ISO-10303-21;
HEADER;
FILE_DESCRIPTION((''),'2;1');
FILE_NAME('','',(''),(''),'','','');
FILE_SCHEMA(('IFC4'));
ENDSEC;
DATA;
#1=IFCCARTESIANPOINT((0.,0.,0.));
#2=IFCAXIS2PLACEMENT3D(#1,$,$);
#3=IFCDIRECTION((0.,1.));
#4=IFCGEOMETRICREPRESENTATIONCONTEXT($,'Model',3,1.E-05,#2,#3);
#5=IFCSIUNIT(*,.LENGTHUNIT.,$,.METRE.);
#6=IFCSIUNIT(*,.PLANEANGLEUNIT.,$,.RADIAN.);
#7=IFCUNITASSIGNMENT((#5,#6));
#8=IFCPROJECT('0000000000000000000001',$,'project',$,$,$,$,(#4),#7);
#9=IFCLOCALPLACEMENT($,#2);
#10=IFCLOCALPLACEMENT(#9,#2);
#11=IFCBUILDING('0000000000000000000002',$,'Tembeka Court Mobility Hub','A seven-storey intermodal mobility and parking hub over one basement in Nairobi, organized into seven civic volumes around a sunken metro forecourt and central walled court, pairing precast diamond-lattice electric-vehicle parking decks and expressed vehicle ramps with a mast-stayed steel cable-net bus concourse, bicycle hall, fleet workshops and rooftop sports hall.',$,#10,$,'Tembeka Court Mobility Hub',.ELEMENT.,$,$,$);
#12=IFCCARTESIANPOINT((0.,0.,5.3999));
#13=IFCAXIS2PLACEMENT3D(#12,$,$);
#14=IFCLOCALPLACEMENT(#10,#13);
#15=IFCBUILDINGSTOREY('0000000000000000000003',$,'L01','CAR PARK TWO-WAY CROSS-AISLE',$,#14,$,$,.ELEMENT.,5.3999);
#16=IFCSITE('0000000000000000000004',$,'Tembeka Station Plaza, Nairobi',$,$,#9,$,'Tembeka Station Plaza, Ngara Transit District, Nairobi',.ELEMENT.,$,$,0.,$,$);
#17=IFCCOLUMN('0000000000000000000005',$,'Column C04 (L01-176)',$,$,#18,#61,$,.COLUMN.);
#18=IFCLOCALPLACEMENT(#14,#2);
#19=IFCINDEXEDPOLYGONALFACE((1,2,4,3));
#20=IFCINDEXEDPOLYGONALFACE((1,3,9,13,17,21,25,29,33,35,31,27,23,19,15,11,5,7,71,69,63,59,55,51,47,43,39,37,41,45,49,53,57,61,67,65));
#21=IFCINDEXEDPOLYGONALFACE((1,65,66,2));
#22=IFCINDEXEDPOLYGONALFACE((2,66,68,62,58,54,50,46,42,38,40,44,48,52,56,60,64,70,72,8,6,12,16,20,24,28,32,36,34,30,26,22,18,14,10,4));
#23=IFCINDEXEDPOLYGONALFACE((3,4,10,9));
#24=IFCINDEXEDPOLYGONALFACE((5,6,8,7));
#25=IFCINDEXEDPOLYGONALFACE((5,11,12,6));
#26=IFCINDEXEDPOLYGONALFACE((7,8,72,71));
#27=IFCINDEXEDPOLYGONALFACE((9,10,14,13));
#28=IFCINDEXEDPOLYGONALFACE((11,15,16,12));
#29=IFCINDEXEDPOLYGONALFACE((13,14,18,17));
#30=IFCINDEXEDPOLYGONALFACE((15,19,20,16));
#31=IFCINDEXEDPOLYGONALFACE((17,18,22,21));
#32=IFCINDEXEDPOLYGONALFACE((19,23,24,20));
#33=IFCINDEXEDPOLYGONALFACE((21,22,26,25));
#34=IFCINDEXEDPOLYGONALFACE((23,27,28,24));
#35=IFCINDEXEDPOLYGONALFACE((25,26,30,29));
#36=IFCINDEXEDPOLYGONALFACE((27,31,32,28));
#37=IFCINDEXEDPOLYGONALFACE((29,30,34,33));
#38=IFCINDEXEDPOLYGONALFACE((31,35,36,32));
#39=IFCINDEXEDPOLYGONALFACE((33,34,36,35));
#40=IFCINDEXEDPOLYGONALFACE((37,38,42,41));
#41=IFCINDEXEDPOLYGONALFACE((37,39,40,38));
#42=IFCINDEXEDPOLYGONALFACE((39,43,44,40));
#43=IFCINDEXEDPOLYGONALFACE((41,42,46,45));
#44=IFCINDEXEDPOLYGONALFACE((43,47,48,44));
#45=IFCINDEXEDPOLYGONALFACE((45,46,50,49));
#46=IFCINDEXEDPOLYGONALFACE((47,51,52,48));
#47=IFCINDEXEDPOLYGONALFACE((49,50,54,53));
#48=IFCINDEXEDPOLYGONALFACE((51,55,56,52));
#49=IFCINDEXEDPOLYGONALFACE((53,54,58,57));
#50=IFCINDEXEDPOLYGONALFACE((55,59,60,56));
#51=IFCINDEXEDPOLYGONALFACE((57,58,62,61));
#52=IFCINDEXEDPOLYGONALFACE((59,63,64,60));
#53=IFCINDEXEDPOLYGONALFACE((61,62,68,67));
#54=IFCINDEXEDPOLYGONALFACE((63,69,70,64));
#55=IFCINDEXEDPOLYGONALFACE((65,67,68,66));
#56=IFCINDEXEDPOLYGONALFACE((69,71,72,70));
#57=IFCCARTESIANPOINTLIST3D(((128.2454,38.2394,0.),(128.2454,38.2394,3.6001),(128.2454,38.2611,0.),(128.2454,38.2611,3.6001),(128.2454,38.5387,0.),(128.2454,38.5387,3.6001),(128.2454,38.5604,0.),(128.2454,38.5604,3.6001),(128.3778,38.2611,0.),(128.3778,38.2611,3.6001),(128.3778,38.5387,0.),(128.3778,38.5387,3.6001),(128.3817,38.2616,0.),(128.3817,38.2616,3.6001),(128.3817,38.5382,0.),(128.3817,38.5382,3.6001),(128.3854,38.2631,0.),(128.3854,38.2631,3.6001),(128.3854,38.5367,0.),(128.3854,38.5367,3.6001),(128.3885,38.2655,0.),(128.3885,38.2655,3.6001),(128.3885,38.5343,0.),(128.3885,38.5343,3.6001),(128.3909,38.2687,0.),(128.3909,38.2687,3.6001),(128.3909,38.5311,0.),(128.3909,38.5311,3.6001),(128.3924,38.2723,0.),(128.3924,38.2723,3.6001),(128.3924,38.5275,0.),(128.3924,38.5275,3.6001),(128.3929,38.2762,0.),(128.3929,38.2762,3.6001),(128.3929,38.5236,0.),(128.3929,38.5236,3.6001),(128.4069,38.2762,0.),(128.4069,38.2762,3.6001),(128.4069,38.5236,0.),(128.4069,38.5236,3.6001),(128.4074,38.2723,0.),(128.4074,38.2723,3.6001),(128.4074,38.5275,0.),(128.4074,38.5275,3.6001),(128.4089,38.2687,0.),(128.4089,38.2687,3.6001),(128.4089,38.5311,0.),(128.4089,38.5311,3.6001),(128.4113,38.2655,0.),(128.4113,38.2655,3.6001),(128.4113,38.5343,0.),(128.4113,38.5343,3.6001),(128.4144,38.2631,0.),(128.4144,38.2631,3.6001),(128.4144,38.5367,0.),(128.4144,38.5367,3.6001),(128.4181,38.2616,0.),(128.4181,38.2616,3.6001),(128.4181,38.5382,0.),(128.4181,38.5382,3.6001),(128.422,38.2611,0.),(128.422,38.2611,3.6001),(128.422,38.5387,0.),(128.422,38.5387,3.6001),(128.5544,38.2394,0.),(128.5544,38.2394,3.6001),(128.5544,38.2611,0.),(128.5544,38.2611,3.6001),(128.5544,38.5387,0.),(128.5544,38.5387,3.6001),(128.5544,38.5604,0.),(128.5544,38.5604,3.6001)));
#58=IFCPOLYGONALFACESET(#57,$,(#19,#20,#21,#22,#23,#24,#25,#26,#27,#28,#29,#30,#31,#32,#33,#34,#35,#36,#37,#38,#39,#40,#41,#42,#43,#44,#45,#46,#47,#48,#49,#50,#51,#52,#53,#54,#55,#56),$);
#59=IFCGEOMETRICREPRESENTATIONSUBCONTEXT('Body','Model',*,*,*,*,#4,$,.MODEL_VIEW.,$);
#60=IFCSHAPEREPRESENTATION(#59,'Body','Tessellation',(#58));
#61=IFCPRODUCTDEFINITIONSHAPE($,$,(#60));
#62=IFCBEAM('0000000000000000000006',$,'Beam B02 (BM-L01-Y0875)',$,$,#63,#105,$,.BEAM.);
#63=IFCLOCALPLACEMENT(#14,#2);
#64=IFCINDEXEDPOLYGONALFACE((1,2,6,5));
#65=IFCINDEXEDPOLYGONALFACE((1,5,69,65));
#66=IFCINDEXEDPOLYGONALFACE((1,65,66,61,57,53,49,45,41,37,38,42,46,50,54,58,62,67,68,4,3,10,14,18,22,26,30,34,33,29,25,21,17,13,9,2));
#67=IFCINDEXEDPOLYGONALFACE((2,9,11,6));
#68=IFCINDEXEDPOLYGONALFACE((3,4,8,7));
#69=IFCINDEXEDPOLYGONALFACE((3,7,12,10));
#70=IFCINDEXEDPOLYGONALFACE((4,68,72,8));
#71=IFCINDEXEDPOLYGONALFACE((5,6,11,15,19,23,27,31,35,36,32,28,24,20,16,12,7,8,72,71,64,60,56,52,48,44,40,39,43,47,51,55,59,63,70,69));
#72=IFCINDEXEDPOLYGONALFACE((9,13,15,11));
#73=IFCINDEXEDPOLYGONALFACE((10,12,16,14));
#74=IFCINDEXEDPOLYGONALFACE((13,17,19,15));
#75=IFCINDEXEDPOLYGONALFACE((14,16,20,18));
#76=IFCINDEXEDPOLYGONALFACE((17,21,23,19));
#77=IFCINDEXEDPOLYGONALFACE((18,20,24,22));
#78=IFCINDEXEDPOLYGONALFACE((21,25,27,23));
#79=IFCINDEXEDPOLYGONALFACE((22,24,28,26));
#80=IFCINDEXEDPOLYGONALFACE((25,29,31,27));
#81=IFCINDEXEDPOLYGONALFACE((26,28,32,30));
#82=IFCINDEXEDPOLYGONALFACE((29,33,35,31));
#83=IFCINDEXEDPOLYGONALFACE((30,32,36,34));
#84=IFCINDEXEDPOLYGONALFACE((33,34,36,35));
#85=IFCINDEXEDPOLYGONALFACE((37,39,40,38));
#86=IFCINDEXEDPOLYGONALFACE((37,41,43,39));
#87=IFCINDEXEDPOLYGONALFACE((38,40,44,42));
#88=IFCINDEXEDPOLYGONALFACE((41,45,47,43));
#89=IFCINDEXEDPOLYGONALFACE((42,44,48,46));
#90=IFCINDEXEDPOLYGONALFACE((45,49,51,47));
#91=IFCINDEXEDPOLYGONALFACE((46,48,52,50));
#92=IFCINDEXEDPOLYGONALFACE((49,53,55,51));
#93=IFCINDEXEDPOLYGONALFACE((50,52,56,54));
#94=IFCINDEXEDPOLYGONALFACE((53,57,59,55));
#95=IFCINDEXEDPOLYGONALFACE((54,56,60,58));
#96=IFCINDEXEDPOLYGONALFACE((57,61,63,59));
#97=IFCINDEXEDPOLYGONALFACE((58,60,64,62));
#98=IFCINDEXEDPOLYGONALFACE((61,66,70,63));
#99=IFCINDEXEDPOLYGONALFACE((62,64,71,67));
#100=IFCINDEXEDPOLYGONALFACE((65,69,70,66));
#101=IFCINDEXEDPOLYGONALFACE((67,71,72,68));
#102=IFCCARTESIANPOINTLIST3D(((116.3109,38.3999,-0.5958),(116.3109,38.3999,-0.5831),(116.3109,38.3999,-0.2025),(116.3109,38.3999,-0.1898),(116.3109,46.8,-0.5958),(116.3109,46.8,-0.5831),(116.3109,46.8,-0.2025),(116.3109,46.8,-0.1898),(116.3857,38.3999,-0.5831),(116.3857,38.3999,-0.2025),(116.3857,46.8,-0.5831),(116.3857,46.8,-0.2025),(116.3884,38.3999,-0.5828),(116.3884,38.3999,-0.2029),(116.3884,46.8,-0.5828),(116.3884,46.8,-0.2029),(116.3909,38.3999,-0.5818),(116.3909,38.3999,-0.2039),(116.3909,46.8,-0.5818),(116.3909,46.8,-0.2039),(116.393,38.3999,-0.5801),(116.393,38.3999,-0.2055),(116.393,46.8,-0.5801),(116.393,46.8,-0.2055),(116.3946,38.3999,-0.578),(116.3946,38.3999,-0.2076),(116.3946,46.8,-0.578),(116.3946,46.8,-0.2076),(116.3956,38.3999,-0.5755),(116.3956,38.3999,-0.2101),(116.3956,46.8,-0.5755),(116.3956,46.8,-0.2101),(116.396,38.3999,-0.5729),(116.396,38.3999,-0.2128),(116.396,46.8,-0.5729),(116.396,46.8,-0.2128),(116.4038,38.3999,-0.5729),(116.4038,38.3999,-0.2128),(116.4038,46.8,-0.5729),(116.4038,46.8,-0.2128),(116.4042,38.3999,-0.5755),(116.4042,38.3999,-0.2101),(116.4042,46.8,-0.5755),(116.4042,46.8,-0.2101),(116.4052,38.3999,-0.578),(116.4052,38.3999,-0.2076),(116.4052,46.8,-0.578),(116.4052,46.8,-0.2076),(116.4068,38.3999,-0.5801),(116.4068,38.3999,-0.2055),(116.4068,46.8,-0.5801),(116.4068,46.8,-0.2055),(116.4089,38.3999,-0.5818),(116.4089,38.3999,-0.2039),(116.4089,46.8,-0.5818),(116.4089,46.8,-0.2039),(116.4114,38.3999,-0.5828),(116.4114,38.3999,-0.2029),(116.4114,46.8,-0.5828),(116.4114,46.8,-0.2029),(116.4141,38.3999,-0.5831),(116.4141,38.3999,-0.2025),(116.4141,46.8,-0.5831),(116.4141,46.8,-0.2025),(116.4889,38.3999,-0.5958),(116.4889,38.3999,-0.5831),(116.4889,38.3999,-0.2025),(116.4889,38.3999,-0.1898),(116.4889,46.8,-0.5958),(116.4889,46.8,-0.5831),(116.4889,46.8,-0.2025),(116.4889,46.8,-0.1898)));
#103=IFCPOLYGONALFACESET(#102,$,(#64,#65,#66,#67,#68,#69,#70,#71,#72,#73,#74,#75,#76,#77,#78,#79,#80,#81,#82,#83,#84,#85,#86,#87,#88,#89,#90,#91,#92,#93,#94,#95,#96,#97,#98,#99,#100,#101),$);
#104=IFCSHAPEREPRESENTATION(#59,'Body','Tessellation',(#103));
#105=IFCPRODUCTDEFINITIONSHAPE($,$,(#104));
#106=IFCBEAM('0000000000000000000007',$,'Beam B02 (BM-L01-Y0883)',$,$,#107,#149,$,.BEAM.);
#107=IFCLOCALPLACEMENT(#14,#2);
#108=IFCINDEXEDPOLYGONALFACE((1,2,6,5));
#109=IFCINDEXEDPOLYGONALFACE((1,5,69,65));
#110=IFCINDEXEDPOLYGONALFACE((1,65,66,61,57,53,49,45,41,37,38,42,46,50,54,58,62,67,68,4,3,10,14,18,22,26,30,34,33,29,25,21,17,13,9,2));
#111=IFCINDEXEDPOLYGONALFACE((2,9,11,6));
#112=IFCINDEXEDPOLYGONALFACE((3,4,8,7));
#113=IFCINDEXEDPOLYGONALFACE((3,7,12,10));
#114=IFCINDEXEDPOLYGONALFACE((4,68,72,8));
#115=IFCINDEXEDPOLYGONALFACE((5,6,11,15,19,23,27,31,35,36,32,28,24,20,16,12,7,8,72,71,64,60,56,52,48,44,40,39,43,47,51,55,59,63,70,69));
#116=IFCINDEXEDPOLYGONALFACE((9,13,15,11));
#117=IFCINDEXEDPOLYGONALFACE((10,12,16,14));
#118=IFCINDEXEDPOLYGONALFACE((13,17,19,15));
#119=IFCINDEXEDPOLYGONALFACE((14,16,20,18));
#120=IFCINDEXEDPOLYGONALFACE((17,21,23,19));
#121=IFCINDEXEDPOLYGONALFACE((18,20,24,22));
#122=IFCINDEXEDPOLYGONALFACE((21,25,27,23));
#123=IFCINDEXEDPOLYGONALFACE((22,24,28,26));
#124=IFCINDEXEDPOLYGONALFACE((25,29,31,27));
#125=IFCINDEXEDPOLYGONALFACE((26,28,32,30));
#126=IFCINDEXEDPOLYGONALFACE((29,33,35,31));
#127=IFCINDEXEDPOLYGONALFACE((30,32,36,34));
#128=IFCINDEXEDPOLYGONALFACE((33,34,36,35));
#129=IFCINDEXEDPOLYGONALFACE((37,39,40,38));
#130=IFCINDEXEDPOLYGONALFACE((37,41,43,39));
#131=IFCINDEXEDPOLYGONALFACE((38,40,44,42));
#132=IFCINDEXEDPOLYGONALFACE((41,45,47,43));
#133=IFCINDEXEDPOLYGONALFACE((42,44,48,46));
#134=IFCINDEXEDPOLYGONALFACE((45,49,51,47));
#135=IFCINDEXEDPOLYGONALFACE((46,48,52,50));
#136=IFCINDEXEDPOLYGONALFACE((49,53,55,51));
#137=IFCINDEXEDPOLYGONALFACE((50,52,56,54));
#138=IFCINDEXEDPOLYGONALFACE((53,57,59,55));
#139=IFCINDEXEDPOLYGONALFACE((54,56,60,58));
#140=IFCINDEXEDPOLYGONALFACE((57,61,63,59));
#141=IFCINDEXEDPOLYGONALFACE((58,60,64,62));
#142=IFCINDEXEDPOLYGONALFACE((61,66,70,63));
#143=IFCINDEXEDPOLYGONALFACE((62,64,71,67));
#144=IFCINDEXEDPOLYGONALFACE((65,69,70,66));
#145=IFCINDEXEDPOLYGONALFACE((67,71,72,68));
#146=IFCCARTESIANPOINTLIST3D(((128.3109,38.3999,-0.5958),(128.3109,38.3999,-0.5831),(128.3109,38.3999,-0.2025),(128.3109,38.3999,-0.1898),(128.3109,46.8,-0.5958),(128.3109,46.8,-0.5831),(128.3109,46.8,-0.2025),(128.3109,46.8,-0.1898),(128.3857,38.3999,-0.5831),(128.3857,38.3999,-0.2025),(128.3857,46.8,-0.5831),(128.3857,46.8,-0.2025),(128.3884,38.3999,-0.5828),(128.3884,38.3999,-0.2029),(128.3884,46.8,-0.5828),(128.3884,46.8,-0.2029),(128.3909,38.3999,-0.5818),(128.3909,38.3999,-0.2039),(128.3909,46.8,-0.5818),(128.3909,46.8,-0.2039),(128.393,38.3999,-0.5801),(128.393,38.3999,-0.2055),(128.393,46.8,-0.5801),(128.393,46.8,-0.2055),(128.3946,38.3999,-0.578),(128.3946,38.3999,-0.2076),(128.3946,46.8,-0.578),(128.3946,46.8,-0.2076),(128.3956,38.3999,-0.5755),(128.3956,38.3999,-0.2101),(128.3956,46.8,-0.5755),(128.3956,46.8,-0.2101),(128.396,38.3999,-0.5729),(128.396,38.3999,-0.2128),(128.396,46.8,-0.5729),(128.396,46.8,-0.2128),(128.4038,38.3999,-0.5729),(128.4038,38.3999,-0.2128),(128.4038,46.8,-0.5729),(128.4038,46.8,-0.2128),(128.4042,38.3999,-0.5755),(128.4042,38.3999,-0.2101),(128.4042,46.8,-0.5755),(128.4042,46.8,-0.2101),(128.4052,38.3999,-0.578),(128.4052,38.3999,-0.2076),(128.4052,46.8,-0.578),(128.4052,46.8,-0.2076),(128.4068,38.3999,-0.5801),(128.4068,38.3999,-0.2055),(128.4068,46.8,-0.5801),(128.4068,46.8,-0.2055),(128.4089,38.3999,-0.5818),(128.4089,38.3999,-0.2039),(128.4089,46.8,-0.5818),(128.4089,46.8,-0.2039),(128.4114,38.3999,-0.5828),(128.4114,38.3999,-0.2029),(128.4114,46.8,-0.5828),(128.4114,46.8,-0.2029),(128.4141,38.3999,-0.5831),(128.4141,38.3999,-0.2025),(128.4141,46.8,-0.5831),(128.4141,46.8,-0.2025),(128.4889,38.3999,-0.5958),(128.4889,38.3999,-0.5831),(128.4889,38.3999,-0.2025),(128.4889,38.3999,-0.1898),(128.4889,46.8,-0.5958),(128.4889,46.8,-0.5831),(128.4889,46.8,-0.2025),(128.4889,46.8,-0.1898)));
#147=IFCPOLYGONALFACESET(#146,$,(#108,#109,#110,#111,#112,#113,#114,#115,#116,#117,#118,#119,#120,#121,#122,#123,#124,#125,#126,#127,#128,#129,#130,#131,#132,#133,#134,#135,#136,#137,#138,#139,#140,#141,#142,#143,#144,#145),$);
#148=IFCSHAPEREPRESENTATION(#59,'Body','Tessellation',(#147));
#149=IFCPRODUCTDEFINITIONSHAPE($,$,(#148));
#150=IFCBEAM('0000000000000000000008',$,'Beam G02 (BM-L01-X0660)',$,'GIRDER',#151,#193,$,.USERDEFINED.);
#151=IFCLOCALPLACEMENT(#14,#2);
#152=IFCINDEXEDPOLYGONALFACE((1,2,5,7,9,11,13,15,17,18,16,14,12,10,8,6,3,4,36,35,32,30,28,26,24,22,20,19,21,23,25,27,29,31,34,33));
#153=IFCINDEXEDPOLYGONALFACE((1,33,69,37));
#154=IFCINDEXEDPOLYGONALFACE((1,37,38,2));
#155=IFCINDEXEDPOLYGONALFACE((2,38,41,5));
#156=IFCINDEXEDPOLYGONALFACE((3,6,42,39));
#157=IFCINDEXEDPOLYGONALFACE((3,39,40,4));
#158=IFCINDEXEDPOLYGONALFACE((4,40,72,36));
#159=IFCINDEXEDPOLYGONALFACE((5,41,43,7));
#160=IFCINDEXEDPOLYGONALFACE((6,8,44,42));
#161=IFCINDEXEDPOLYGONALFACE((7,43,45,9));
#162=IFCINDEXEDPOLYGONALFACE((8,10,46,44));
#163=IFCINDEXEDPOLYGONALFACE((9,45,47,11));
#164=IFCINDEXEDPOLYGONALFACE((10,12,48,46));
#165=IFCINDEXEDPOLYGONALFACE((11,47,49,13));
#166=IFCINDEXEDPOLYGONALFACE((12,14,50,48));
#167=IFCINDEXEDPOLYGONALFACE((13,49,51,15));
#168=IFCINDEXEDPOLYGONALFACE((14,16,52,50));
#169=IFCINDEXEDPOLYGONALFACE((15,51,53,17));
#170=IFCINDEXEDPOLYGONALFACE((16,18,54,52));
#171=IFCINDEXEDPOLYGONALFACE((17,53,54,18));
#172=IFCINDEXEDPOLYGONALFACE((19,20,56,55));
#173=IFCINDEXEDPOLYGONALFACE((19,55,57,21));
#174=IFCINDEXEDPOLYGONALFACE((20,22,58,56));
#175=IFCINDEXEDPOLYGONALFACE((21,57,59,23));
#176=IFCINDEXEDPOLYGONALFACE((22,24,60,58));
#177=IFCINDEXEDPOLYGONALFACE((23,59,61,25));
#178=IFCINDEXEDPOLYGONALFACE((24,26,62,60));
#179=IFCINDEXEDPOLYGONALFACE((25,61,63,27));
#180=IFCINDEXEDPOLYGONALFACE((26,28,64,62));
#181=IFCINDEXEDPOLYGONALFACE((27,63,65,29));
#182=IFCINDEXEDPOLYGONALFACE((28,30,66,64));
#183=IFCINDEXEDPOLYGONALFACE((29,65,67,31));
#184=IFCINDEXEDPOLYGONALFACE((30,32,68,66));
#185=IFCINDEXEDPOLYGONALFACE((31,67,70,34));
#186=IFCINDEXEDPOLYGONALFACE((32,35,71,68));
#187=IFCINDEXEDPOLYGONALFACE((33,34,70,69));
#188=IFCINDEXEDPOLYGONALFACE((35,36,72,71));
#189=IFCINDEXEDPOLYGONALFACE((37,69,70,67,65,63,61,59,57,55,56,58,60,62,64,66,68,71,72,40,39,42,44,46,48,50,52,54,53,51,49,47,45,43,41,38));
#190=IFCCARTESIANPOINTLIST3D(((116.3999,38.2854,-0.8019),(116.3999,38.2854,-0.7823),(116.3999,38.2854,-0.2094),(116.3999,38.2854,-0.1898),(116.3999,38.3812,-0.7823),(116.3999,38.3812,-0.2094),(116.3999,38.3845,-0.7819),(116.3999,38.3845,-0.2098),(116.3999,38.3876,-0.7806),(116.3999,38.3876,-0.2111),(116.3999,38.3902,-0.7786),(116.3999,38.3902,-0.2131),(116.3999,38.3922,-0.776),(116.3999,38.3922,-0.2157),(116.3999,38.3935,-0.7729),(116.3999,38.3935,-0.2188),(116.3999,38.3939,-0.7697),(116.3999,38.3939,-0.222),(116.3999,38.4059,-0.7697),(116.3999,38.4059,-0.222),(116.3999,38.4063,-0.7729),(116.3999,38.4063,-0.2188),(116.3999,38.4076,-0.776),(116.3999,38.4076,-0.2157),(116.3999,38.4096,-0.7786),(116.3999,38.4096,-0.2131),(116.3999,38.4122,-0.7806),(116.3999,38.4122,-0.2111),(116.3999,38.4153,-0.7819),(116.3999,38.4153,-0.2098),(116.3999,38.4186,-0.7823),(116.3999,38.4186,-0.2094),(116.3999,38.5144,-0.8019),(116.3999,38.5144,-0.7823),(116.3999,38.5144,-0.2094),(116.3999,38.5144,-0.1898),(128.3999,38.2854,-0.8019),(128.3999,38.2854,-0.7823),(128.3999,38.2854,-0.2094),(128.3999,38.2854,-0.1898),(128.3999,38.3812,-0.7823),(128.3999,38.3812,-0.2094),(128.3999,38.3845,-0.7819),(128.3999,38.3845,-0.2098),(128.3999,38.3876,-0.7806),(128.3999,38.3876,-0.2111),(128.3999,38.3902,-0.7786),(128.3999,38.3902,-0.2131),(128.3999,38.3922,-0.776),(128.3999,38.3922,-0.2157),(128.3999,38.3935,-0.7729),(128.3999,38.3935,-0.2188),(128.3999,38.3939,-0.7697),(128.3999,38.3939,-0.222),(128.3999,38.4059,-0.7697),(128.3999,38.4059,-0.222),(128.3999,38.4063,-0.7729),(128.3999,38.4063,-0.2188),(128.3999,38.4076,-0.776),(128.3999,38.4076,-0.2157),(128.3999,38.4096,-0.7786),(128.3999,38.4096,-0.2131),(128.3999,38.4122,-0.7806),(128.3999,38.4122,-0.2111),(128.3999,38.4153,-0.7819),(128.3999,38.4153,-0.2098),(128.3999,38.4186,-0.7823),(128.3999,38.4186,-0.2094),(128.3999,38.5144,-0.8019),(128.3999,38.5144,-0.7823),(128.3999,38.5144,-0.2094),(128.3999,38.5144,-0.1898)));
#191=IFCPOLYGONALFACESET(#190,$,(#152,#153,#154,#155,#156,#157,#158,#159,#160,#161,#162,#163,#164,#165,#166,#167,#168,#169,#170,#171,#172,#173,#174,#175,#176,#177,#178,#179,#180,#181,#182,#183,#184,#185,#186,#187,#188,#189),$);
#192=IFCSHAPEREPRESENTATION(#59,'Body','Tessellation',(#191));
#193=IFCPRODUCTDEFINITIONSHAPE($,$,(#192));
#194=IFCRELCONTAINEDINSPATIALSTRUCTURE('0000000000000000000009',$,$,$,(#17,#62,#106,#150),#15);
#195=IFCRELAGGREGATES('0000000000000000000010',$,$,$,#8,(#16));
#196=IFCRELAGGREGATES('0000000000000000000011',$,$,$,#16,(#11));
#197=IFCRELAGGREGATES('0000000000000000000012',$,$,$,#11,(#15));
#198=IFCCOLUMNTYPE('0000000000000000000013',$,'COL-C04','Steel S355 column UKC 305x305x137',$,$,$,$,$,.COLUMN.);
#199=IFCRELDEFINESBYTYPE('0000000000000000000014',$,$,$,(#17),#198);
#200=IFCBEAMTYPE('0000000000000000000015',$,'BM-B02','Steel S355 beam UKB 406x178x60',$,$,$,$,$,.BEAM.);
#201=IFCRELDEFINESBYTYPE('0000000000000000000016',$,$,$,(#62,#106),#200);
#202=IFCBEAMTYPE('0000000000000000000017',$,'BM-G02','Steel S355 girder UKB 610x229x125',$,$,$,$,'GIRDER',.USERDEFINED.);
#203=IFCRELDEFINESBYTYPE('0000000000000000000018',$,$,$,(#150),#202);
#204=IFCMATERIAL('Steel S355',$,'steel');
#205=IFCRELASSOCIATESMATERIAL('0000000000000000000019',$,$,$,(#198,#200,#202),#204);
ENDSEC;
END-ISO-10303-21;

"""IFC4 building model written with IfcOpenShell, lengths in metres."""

from ifc_helpers import new_model, si_unit, direction, frame, origin, origin_2d, place, context, subcontext, project, spatial, i_section, extrude, material, material_profile, profile_set, type_object, element, save


model = new_model("IFC4")

# Units and contexts
model_context = context("Model", 3, precision=1e-05, world=origin(), true_north=direction((0.0, 1.0)))
body_context = subcontext(model_context, "Body", "Model", "MODEL_VIEW")
ifc_project = project(units=[si_unit("LENGTHUNIT", "METRE"), si_unit("PLANEANGLEUNIT", "RADIAN")], contexts=[model_context])

# Site, building, storey
site_placement = place(None, origin())
site = spatial("IfcSite", under=ifc_project, at=site_placement, Name="Tembeka Station Plaza, Nairobi", LongName="Tembeka Station Plaza, Ngara Transit District, Nairobi", CompositionType="ELEMENT", RefElevation=0.0)
building_placement = place(site_placement, origin())
building = spatial("IfcBuilding", under=site, at=building_placement, Name="Tembeka Court Mobility Hub", Description="A seven-storey intermodal mobility and parking hub over one basement in Nairobi, organized into seven civic volumes around a sunken metro forecourt and central walled court, pairing precast diamond-lattice electric-vehicle parking decks and expressed vehicle ramps with a mast-stayed steel cable-net bus concourse, bicycle hall, fleet workshops and rooftop sports hall.", LongName="Tembeka Court Mobility Hub", CompositionType="ELEMENT")
storey_placement = place(building_placement, frame((0.0, 0.0, 5.3999)))
storey = spatial("IfcBuildingStorey", under=building, at=storey_placement, Name="L01", Description="CAR PARK TWO-WAY CROSS-AISLE", CompositionType="ELEMENT", Elevation=5.3999)

# Column
ifc_material_1 = material(Name="Steel S355", Category="steel")
ifc_material_profile_1 = material_profile(ifc_material_1, i_section(OverallWidth=0.3091, OverallDepth=0.321, WebThickness=0.0139, FlangeThickness=0.0217, FilletRadius=0.0151, at=origin_2d()), Name="UKC 305x305x137")
ifc_profile_set_1 = profile_set([ifc_material_profile_1], Name="Steel S355")
column_type = type_object("IfcColumnType", Name="COL-C04", Description="Steel S355 column UKC 305x305x137", PredefinedType="COLUMN", material=ifc_profile_set_1)
column_placement = place(storey_placement, frame((128.3999, 38.3999, 0.0), z_axis=(0.0, 0.0, 1.0), x_axis=(1.0, 0.0, 0.0)))
element("IfcColumn", 1, at=column_placement, inside=storey, type_object=column_type, Name="Column C04 (L01-176)", PredefinedType="COLUMN", context=body_context, shape_type="SweptSolid", body=[
    extrude(i_section(OverallWidth=0.3091, OverallDepth=0.321, WebThickness=0.0139, FlangeThickness=0.0217, FilletRadius=0.0151, at=origin_2d()), origin(), (0.0, 0.0, 1.0), 3.6001),
])

# Beams
ifc_material_profile_2 = material_profile(ifc_material_1, i_section(OverallWidth=0.178, OverallDepth=0.406, WebThickness=0.0078, FlangeThickness=0.0127, FilletRadius=0.0103, at=origin_2d()), Name="UKB 406x178x60")
ifc_profile_set_2 = profile_set([ifc_material_profile_2], Name="Steel S355")
beam_type_1 = type_object("IfcBeamType", Name="BM-B02", Description="Steel S355 beam UKB 406x178x60", PredefinedType="BEAM", material=ifc_profile_set_2)
for number, where, z_axis, x_axis, name in (
    (2, (116.3999, 38.3999, -0.3928), (0.0, 1.0, 0.0), (-1.0, 0.0, 0.0), "Beam B02 (BM-L01-Y0875)"),
    (3, (128.3999, 38.3999, -0.3928), (0.0, 1.0, 0.0), (-1.0, 0.0, 0.0), "Beam B02 (BM-L01-Y0883)"),
):
    element("IfcBeam", number, at=place(storey_placement, frame(where, z_axis=z_axis, x_axis=x_axis)), inside=storey, type_object=beam_type_1, Name=name, PredefinedType="BEAM", context=body_context, shape_type="SweptSolid", body=[
        extrude(i_section(OverallWidth=0.178, OverallDepth=0.406, WebThickness=0.0078, FlangeThickness=0.0127, FilletRadius=0.0103, at=origin_2d()), origin(), (0.0, 0.0, 1.0), 8.4001),
    ])
ifc_material_profile_3 = material_profile(ifc_material_1, i_section(OverallWidth=0.229, OverallDepth=0.6121, WebThickness=0.012, FlangeThickness=0.0195, FilletRadius=0.0127, at=origin_2d()), Name="UKB 610x229x125")
ifc_profile_set_3 = profile_set([ifc_material_profile_3], Name="Steel S355")
beam_type_2 = type_object("IfcBeamType", Name="BM-G02", Description="Steel S355 girder UKB 610x229x125", ElementType="GIRDER", PredefinedType="USERDEFINED", material=ifc_profile_set_3)
for number, where, z_axis, x_axis, name in (
    (4, (116.3999, 38.3999, -0.4958), (1.0, 0.0, 0.0), (0.0, 1.0, 0.0), "Beam G02 (BM-L01-X0660)"),
):
    element("IfcBeam", number, at=place(storey_placement, frame(where, z_axis=z_axis, x_axis=x_axis)), inside=storey, type_object=beam_type_2, Name=name, ObjectType="GIRDER", PredefinedType="USERDEFINED", context=body_context, shape_type="SweptSolid", body=[
        extrude(i_section(OverallWidth=0.229, OverallDepth=0.6121, WebThickness=0.012, FlangeThickness=0.0195, FilletRadius=0.0127, at=origin_2d()), origin(), (0.0, 0.0, 1.0), 12.0),
    ])

save(model, "model.ifc")
